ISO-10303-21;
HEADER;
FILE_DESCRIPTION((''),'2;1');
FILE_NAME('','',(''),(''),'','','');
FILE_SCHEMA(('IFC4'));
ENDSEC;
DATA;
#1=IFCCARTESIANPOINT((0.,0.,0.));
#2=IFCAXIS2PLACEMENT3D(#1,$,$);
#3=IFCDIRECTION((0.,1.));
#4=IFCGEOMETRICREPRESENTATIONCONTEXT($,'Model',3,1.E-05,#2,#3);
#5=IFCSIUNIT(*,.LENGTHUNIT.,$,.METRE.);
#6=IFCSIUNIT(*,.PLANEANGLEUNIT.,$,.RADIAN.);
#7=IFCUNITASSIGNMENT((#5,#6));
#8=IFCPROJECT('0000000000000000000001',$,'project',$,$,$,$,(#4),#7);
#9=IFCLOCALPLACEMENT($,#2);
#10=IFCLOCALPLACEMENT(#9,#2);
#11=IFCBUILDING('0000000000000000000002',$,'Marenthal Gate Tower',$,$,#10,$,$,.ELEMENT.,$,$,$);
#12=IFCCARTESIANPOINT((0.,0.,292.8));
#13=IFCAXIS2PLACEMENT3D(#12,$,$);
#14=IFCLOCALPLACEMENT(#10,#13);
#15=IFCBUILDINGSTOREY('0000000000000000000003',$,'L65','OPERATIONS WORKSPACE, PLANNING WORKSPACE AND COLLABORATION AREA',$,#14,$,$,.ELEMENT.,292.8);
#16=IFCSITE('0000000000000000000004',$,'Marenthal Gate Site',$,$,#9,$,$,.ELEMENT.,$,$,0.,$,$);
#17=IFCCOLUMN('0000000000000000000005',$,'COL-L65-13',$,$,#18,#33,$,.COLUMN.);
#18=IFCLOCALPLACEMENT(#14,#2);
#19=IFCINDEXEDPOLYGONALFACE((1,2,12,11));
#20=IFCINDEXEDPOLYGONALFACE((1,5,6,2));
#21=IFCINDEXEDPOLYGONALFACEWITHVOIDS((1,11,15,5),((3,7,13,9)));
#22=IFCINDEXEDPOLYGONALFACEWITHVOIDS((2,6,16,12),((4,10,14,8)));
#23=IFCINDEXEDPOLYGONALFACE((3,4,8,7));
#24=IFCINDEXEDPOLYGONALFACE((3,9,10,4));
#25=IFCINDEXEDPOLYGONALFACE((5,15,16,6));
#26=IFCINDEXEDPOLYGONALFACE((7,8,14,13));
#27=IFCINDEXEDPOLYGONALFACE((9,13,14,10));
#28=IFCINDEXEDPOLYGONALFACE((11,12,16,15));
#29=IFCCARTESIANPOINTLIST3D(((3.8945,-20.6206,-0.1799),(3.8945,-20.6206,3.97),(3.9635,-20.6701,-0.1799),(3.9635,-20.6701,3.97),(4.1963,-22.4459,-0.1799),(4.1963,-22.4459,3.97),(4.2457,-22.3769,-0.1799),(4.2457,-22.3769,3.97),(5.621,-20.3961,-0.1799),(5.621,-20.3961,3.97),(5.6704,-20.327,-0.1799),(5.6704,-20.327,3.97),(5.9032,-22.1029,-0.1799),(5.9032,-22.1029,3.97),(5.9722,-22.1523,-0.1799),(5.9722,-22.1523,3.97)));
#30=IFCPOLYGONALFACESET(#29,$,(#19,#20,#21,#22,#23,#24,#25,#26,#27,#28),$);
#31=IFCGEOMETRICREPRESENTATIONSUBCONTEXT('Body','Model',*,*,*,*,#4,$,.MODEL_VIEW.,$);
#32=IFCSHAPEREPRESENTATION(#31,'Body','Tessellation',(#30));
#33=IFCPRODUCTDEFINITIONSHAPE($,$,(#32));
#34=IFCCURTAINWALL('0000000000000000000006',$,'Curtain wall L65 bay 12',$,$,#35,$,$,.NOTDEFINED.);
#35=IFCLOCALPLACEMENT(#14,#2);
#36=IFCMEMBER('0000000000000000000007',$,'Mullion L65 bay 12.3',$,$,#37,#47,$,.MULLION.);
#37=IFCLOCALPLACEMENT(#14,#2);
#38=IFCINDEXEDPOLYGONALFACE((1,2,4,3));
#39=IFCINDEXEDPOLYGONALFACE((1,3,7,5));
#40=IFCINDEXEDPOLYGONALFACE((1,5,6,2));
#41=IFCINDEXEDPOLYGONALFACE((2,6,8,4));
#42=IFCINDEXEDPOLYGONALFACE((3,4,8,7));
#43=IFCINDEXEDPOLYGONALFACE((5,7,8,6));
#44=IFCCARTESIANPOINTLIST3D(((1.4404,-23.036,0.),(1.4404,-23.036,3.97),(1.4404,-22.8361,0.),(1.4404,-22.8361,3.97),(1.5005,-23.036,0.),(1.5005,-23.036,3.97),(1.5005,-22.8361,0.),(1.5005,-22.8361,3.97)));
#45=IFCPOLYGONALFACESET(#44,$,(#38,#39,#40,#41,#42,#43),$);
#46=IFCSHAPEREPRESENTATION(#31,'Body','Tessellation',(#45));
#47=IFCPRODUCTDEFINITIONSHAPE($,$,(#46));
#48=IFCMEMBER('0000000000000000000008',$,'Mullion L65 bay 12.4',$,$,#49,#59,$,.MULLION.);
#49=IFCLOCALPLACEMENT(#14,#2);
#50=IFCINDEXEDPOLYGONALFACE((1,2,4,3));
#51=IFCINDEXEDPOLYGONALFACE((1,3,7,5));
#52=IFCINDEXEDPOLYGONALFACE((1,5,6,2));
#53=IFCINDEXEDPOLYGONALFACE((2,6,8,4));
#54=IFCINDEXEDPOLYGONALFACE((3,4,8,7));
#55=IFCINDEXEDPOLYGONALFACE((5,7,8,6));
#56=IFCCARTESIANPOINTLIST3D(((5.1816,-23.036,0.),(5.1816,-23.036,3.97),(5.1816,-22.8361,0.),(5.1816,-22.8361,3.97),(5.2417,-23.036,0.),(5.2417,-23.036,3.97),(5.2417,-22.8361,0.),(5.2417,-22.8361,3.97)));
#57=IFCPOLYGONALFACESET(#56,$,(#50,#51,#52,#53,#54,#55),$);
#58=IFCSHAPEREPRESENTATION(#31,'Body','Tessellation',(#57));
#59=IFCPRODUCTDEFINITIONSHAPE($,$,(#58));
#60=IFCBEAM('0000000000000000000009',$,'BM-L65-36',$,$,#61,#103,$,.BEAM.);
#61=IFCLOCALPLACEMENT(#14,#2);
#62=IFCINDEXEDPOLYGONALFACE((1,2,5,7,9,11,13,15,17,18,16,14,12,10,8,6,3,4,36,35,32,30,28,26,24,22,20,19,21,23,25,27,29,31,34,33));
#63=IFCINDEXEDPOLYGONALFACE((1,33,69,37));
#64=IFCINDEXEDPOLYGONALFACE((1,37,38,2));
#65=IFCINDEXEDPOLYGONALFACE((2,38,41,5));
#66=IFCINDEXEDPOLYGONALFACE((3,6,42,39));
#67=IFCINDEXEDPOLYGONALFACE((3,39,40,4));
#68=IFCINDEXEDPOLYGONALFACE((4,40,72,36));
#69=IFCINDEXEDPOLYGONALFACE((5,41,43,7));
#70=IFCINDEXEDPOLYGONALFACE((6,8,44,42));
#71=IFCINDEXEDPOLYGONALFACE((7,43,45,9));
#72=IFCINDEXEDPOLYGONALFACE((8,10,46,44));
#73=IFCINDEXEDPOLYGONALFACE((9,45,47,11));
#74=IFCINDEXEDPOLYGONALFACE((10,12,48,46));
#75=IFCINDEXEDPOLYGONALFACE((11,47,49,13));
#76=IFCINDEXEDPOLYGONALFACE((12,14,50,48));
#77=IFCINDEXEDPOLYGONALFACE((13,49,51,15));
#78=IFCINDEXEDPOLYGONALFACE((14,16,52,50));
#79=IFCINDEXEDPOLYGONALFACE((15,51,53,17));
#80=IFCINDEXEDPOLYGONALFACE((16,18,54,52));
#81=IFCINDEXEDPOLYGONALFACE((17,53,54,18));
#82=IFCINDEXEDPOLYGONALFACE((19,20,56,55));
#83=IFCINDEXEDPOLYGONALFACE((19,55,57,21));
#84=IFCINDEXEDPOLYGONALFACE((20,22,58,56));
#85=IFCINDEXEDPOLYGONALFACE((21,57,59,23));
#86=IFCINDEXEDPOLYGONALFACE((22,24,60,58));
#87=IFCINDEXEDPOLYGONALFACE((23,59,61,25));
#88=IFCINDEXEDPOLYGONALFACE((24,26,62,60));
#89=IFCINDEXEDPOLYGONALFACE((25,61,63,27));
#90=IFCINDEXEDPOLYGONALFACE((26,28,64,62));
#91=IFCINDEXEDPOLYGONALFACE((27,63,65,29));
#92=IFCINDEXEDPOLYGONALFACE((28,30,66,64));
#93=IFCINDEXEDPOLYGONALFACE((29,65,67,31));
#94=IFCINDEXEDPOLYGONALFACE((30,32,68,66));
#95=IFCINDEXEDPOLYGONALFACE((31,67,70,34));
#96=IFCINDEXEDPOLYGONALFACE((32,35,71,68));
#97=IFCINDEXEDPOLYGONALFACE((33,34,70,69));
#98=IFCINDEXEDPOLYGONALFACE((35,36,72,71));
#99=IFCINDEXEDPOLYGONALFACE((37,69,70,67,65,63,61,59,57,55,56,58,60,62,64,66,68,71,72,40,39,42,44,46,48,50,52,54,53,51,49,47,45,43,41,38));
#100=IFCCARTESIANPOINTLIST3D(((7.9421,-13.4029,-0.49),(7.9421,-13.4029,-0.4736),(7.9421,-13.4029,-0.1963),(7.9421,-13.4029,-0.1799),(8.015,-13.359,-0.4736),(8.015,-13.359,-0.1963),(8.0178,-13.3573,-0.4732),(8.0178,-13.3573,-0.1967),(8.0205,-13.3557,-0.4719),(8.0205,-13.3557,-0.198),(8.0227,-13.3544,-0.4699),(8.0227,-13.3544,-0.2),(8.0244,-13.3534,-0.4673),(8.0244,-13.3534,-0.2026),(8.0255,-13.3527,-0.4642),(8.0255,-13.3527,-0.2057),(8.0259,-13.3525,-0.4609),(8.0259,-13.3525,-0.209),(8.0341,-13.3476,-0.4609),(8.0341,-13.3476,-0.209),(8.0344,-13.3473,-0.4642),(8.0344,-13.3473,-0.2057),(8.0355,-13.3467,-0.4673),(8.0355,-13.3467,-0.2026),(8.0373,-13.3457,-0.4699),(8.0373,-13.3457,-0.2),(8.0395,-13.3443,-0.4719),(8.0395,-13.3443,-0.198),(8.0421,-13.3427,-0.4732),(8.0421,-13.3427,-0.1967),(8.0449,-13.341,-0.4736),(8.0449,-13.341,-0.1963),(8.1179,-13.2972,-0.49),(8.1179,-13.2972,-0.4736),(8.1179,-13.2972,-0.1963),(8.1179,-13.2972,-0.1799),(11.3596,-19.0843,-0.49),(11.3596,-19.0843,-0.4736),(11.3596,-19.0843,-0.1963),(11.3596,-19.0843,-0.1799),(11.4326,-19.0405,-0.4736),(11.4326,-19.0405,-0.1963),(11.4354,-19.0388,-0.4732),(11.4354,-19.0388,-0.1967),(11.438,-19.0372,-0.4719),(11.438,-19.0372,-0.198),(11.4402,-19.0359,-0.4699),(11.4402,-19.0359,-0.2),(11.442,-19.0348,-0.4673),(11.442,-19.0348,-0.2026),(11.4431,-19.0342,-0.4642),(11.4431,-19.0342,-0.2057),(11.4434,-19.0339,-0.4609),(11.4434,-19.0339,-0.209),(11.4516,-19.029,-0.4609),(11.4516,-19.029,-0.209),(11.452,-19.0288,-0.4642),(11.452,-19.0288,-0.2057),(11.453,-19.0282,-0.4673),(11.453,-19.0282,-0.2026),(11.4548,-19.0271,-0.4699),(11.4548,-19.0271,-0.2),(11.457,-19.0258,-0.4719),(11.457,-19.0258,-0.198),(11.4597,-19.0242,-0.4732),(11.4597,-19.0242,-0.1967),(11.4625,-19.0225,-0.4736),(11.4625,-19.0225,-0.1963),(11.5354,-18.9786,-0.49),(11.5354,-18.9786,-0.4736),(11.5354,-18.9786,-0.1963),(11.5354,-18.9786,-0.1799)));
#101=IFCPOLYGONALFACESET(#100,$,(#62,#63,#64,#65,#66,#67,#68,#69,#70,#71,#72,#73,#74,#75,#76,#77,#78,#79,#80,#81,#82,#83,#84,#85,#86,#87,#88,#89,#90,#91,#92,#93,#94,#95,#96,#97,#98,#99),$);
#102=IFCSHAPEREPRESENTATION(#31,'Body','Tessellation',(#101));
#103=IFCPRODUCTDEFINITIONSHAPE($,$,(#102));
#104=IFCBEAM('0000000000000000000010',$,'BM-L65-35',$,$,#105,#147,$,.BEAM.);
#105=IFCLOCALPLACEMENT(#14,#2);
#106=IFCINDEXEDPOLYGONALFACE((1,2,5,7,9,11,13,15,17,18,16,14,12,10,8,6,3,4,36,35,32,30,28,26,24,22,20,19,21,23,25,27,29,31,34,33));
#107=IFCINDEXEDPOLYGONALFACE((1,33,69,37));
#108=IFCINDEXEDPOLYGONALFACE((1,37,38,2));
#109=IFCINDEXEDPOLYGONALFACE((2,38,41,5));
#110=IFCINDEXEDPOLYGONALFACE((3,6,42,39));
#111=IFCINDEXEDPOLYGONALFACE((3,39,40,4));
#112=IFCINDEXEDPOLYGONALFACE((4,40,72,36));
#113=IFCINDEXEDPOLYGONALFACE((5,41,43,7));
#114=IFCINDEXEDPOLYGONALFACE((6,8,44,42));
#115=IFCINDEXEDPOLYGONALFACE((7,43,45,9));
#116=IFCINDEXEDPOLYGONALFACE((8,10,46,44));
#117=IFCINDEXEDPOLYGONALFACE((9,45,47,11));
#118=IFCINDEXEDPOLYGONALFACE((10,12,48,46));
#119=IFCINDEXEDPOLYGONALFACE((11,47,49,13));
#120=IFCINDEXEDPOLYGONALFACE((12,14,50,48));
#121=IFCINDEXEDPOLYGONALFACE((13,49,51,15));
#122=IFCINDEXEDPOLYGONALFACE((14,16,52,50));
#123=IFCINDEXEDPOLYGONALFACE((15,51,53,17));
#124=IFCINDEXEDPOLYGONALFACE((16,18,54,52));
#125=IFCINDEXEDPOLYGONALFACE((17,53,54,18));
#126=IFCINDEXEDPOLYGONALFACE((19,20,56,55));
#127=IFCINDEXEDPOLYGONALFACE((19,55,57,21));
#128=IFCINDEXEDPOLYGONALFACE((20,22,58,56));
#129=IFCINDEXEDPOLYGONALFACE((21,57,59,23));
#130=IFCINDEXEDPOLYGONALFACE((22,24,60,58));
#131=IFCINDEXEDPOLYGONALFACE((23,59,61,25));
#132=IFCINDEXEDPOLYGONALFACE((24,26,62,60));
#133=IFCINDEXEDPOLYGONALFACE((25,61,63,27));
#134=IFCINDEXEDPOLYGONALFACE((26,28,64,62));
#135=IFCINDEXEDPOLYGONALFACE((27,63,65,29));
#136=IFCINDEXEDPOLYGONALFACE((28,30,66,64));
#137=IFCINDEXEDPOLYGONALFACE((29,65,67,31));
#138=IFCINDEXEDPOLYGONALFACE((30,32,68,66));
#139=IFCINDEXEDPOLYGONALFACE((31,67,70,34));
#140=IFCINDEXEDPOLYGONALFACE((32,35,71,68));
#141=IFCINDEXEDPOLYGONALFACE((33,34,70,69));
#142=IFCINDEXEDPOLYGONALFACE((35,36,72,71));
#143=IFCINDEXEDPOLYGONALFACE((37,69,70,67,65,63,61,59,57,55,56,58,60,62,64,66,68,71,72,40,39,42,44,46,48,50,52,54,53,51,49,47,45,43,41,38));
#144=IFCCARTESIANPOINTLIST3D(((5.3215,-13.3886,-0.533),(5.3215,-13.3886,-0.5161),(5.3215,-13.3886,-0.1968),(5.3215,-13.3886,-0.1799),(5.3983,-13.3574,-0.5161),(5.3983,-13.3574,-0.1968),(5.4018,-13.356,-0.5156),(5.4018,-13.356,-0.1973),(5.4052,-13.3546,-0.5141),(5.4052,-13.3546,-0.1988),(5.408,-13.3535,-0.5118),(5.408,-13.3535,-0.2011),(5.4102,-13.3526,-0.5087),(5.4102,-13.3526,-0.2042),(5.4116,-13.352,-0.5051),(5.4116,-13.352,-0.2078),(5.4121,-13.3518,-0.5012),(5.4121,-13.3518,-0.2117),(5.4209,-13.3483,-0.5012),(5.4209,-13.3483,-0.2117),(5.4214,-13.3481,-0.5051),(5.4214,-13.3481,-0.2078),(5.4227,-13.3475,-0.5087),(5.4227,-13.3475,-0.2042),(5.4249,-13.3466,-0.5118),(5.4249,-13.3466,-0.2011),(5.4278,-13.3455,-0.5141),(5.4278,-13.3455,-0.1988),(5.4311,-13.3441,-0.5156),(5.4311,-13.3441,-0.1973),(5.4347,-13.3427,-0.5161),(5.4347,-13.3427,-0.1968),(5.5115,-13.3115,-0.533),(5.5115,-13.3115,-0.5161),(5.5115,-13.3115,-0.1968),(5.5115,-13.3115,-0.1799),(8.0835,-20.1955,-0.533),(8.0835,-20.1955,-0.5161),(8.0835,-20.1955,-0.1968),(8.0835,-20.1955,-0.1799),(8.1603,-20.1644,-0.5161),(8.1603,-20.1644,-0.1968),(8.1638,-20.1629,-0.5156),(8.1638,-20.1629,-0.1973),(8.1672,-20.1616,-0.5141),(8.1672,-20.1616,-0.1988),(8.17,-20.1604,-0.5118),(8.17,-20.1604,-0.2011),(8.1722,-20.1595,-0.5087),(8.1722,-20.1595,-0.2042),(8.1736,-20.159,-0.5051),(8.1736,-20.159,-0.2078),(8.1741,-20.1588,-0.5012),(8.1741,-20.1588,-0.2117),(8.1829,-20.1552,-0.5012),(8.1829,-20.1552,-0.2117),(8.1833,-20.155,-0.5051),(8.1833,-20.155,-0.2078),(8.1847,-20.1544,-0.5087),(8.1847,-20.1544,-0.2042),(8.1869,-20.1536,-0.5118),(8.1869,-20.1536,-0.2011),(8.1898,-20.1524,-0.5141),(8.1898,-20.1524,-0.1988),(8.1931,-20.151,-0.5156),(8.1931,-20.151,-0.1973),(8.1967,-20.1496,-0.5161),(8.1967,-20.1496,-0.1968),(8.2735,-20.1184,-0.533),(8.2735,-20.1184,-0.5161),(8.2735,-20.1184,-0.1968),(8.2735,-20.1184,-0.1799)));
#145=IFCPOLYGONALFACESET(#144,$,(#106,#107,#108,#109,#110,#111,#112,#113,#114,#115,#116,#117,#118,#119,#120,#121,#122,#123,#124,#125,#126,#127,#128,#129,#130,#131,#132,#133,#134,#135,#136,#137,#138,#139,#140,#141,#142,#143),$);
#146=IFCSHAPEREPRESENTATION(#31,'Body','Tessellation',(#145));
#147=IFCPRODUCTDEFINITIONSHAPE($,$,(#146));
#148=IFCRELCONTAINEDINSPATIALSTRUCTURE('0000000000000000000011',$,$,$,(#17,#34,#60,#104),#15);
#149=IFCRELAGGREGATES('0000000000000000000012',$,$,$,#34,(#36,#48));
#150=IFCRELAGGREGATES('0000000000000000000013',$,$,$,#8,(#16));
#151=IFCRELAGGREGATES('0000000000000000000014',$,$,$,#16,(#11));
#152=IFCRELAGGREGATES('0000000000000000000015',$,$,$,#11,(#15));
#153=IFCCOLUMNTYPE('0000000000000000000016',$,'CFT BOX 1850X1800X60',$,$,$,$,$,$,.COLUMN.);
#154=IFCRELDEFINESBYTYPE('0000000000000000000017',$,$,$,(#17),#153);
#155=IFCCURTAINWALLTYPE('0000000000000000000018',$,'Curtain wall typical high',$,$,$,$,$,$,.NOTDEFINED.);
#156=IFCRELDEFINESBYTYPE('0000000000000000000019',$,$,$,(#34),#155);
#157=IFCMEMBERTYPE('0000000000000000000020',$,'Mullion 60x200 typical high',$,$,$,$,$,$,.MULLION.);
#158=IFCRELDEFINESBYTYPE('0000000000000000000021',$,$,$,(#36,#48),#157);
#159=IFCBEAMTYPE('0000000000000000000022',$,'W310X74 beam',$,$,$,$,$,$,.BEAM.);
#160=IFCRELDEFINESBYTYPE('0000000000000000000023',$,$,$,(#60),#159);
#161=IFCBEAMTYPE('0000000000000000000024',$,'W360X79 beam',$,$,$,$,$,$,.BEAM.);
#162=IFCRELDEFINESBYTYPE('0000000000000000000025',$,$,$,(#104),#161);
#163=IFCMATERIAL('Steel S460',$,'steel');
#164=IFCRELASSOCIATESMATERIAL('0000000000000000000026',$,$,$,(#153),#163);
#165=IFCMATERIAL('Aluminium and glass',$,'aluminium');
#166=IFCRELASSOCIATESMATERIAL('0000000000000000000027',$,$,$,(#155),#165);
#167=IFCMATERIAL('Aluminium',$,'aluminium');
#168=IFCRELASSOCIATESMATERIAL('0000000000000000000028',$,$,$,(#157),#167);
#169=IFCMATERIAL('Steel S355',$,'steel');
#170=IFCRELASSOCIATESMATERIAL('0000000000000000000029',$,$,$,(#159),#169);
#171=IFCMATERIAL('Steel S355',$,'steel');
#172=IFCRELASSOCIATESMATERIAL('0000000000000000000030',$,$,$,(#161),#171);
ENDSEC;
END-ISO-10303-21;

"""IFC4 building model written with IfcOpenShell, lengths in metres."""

from ifc_helpers import new_model, si_unit, direction, frame, origin, origin_2d, place, context, subcontext, project, spatial, rectangle, hollow_rectangle, i_section, extrude, material, material_profile, profile_set, type_object, element, aggregate, save


model = new_model("IFC4")

# Units and contexts
model_context = context("Model", 3, precision=1e-05, world=origin(), true_north=direction((0.0, 1.0)))
body_context = subcontext(model_context, "Body", "Model", "MODEL_VIEW")
ifc_project = project(units=[si_unit("LENGTHUNIT", "METRE"), si_unit("PLANEANGLEUNIT", "RADIAN")], contexts=[model_context])

# Site, building, storey
site_placement = place(None, origin())
site = spatial("IfcSite", under=ifc_project, at=site_placement, Name="Marenthal Gate Site", CompositionType="ELEMENT", RefElevation=0.0)
building_placement = place(site_placement, origin())
building = spatial("IfcBuilding", under=site, at=building_placement, Name="Marenthal Gate Tower", CompositionType="ELEMENT")
storey_placement = place(building_placement, frame((0.0, 0.0, 292.8)))
storey = spatial("IfcBuildingStorey", under=building, at=storey_placement, Name="L65", Description="OPERATIONS WORKSPACE, PLANNING WORKSPACE AND COLLABORATION AREA", CompositionType="ELEMENT", Elevation=292.8)

# Column
ifc_material_1 = material(Name="Steel S460", Category="steel")
ifc_material_profile_1 = material_profile(ifc_material_1, hollow_rectangle(XDim=1.8, YDim=1.8501, WallThickness=0.0601, at=origin_2d()), Name="CFT BOX 1850X1800X60")
ifc_material_2 = material(Name="Concrete 70 MPa", Category="concrete")
ifc_material_profile_2 = material_profile(ifc_material_2, rectangle(XDim=1.6799, YDim=1.73, at=origin_2d()), Name="CFT BOX 1850X1800X60 INFILL")
ifc_profile_set_1 = profile_set([ifc_material_profile_1, ifc_material_profile_2], Name="Steel S460 shell, Concrete 70 MPa infill")
column_type = type_object("IfcColumnType", Name="CFT BOX 1850X1800X60", PredefinedType="COLUMN", material=ifc_profile_set_1)
column_placement = place(storey_placement, frame((4.9333, -21.3865, -0.1799), z_axis=(0.0, 0.0, 1.0), x_axis=(-0.986606, -0.163119, 0.0)))
element("IfcColumn", 1, at=column_placement, inside=storey, type_object=column_type, Name="COL-L65-13", PredefinedType="COLUMN", context=body_context, shape_type="SweptSolid", body=[
    extrude(hollow_rectangle(XDim=1.8, YDim=1.8501, WallThickness=0.0601, at=origin_2d()), origin(), (0.0, 0.0, 1.0), 4.1499),
])

# Curtain wall, members
ifc_material_3 = material(Name="Aluminium and glass", Category="aluminium")
curtain_wall_type = type_object("IfcCurtainWallType", Name="Curtain wall typical high", PredefinedType="NOTDEFINED", material=ifc_material_3)
curtain_wall_placement = place(storey_placement, origin())
curtain_wall = element("IfcCurtainWall", 2, at=curtain_wall_placement, inside=storey, type_object=curtain_wall_type, Name="Curtain wall L65 bay 12", PredefinedType="NOTDEFINED")
ifc_material_4 = material(Name="Aluminium", Category="aluminium")
ifc_material_profile_3 = material_profile(ifc_material_4, rectangle(XDim=0.2, YDim=0.0601, at=origin_2d()), Name="60x200 aluminium mullion")
ifc_profile_set_2 = profile_set([ifc_material_profile_3], Name="Aluminium")
member_type = type_object("IfcMemberType", Name="Mullion 60x200 typical high", PredefinedType="MULLION", material=ifc_profile_set_2)
member_1_placement = place(storey_placement, frame((1.4705, -22.936, 0.0), z_axis=(0.0, 0.0, 1.0), x_axis=(0.0, 1.0, 0.0)))
member_1 = element("IfcMember", 3, at=member_1_placement, type_object=member_type, Name="Mullion L65 bay 12.3", PredefinedType="MULLION", context=body_context, shape_type="SweptSolid", body=[
    extrude(rectangle(XDim=0.2, YDim=0.0601, at=origin_2d()), origin(), (0.0, 0.0, 1.0), 3.97),
])
member_2_placement = place(storey_placement, frame((5.2117, -22.936, 0.0), z_axis=(0.0, 0.0, 1.0), x_axis=(0.0, 1.0, 0.0)))
member_2 = element("IfcMember", 4, at=member_2_placement, type_object=member_type, Name="Mullion L65 bay 12.4", PredefinedType="MULLION", context=body_context, shape_type="SweptSolid", body=[
    extrude(rectangle(XDim=0.2, YDim=0.0601, at=origin_2d()), origin(), (0.0, 0.0, 1.0), 3.97),
])

# Beams
ifc_material_5 = material(Name="Steel S355", Category="steel")
ifc_material_profile_4 = material_profile(ifc_material_5, i_section(OverallWidth=0.2051, OverallDepth=0.3101, WebThickness=0.0095, FlangeThickness=0.0164, FilletRadius=0.0127, at=origin_2d()), Name="W310X74")
ifc_profile_set_3 = profile_set([ifc_material_profile_4], Name="Steel S355")
beam_type_1 = type_object("IfcBeamType", Name="W310X74 beam", PredefinedType="BEAM", material=ifc_profile_set_3)
beam_1_placement = place(storey_placement, frame((11.4475, -19.0315, -0.335), z_axis=(-0.515454, 0.856917, 0.0), x_axis=(-0.856917, -0.515454, 0.0)))
element("IfcBeam", 5, at=beam_1_placement, inside=storey, type_object=beam_type_1, Name="BM-L65-36", PredefinedType="BEAM", context=body_context, shape_type="SweptSolid", body=[
    extrude(i_section(OverallWidth=0.2051, OverallDepth=0.3101, WebThickness=0.0095, FlangeThickness=0.0164, FilletRadius=0.0127, at=origin_2d()), origin(), (0.0, 0.0, 1.0), 6.6301),
])
ifc_material_6 = material(Name="Steel S355", Category="steel")
ifc_material_profile_5 = material_profile(ifc_material_6, i_section(OverallWidth=0.2051, OverallDepth=0.353, WebThickness=0.0095, FlangeThickness=0.0168, FilletRadius=0.0149, at=origin_2d()), Name="W360X79")
ifc_profile_set_4 = profile_set([ifc_material_profile_5], Name="Steel S355")
beam_type_2 = type_object("IfcBeamType", Name="W360X79 beam", PredefinedType="BEAM", material=ifc_profile_set_4)
beam_2_placement = place(storey_placement, frame((8.1785, -20.157, -0.3564), z_axis=(-0.375987, 0.926625, 0.0), x_axis=(-0.926625, -0.375987, 0.0)))
element("IfcBeam", 6, at=beam_2_placement, inside=storey, type_object=beam_type_2, Name="BM-L65-35", PredefinedType="BEAM", context=body_context, shape_type="SweptSolid", body=[
    extrude(i_section(OverallWidth=0.2051, OverallDepth=0.353, WebThickness=0.0095, FlangeThickness=0.0168, FilletRadius=0.0149, at=origin_2d()), origin(), (0.0, 0.0, 1.0), 7.3459),
])

aggregate(curtain_wall, [member_1, member_2])

save(model, "model.ifc")
